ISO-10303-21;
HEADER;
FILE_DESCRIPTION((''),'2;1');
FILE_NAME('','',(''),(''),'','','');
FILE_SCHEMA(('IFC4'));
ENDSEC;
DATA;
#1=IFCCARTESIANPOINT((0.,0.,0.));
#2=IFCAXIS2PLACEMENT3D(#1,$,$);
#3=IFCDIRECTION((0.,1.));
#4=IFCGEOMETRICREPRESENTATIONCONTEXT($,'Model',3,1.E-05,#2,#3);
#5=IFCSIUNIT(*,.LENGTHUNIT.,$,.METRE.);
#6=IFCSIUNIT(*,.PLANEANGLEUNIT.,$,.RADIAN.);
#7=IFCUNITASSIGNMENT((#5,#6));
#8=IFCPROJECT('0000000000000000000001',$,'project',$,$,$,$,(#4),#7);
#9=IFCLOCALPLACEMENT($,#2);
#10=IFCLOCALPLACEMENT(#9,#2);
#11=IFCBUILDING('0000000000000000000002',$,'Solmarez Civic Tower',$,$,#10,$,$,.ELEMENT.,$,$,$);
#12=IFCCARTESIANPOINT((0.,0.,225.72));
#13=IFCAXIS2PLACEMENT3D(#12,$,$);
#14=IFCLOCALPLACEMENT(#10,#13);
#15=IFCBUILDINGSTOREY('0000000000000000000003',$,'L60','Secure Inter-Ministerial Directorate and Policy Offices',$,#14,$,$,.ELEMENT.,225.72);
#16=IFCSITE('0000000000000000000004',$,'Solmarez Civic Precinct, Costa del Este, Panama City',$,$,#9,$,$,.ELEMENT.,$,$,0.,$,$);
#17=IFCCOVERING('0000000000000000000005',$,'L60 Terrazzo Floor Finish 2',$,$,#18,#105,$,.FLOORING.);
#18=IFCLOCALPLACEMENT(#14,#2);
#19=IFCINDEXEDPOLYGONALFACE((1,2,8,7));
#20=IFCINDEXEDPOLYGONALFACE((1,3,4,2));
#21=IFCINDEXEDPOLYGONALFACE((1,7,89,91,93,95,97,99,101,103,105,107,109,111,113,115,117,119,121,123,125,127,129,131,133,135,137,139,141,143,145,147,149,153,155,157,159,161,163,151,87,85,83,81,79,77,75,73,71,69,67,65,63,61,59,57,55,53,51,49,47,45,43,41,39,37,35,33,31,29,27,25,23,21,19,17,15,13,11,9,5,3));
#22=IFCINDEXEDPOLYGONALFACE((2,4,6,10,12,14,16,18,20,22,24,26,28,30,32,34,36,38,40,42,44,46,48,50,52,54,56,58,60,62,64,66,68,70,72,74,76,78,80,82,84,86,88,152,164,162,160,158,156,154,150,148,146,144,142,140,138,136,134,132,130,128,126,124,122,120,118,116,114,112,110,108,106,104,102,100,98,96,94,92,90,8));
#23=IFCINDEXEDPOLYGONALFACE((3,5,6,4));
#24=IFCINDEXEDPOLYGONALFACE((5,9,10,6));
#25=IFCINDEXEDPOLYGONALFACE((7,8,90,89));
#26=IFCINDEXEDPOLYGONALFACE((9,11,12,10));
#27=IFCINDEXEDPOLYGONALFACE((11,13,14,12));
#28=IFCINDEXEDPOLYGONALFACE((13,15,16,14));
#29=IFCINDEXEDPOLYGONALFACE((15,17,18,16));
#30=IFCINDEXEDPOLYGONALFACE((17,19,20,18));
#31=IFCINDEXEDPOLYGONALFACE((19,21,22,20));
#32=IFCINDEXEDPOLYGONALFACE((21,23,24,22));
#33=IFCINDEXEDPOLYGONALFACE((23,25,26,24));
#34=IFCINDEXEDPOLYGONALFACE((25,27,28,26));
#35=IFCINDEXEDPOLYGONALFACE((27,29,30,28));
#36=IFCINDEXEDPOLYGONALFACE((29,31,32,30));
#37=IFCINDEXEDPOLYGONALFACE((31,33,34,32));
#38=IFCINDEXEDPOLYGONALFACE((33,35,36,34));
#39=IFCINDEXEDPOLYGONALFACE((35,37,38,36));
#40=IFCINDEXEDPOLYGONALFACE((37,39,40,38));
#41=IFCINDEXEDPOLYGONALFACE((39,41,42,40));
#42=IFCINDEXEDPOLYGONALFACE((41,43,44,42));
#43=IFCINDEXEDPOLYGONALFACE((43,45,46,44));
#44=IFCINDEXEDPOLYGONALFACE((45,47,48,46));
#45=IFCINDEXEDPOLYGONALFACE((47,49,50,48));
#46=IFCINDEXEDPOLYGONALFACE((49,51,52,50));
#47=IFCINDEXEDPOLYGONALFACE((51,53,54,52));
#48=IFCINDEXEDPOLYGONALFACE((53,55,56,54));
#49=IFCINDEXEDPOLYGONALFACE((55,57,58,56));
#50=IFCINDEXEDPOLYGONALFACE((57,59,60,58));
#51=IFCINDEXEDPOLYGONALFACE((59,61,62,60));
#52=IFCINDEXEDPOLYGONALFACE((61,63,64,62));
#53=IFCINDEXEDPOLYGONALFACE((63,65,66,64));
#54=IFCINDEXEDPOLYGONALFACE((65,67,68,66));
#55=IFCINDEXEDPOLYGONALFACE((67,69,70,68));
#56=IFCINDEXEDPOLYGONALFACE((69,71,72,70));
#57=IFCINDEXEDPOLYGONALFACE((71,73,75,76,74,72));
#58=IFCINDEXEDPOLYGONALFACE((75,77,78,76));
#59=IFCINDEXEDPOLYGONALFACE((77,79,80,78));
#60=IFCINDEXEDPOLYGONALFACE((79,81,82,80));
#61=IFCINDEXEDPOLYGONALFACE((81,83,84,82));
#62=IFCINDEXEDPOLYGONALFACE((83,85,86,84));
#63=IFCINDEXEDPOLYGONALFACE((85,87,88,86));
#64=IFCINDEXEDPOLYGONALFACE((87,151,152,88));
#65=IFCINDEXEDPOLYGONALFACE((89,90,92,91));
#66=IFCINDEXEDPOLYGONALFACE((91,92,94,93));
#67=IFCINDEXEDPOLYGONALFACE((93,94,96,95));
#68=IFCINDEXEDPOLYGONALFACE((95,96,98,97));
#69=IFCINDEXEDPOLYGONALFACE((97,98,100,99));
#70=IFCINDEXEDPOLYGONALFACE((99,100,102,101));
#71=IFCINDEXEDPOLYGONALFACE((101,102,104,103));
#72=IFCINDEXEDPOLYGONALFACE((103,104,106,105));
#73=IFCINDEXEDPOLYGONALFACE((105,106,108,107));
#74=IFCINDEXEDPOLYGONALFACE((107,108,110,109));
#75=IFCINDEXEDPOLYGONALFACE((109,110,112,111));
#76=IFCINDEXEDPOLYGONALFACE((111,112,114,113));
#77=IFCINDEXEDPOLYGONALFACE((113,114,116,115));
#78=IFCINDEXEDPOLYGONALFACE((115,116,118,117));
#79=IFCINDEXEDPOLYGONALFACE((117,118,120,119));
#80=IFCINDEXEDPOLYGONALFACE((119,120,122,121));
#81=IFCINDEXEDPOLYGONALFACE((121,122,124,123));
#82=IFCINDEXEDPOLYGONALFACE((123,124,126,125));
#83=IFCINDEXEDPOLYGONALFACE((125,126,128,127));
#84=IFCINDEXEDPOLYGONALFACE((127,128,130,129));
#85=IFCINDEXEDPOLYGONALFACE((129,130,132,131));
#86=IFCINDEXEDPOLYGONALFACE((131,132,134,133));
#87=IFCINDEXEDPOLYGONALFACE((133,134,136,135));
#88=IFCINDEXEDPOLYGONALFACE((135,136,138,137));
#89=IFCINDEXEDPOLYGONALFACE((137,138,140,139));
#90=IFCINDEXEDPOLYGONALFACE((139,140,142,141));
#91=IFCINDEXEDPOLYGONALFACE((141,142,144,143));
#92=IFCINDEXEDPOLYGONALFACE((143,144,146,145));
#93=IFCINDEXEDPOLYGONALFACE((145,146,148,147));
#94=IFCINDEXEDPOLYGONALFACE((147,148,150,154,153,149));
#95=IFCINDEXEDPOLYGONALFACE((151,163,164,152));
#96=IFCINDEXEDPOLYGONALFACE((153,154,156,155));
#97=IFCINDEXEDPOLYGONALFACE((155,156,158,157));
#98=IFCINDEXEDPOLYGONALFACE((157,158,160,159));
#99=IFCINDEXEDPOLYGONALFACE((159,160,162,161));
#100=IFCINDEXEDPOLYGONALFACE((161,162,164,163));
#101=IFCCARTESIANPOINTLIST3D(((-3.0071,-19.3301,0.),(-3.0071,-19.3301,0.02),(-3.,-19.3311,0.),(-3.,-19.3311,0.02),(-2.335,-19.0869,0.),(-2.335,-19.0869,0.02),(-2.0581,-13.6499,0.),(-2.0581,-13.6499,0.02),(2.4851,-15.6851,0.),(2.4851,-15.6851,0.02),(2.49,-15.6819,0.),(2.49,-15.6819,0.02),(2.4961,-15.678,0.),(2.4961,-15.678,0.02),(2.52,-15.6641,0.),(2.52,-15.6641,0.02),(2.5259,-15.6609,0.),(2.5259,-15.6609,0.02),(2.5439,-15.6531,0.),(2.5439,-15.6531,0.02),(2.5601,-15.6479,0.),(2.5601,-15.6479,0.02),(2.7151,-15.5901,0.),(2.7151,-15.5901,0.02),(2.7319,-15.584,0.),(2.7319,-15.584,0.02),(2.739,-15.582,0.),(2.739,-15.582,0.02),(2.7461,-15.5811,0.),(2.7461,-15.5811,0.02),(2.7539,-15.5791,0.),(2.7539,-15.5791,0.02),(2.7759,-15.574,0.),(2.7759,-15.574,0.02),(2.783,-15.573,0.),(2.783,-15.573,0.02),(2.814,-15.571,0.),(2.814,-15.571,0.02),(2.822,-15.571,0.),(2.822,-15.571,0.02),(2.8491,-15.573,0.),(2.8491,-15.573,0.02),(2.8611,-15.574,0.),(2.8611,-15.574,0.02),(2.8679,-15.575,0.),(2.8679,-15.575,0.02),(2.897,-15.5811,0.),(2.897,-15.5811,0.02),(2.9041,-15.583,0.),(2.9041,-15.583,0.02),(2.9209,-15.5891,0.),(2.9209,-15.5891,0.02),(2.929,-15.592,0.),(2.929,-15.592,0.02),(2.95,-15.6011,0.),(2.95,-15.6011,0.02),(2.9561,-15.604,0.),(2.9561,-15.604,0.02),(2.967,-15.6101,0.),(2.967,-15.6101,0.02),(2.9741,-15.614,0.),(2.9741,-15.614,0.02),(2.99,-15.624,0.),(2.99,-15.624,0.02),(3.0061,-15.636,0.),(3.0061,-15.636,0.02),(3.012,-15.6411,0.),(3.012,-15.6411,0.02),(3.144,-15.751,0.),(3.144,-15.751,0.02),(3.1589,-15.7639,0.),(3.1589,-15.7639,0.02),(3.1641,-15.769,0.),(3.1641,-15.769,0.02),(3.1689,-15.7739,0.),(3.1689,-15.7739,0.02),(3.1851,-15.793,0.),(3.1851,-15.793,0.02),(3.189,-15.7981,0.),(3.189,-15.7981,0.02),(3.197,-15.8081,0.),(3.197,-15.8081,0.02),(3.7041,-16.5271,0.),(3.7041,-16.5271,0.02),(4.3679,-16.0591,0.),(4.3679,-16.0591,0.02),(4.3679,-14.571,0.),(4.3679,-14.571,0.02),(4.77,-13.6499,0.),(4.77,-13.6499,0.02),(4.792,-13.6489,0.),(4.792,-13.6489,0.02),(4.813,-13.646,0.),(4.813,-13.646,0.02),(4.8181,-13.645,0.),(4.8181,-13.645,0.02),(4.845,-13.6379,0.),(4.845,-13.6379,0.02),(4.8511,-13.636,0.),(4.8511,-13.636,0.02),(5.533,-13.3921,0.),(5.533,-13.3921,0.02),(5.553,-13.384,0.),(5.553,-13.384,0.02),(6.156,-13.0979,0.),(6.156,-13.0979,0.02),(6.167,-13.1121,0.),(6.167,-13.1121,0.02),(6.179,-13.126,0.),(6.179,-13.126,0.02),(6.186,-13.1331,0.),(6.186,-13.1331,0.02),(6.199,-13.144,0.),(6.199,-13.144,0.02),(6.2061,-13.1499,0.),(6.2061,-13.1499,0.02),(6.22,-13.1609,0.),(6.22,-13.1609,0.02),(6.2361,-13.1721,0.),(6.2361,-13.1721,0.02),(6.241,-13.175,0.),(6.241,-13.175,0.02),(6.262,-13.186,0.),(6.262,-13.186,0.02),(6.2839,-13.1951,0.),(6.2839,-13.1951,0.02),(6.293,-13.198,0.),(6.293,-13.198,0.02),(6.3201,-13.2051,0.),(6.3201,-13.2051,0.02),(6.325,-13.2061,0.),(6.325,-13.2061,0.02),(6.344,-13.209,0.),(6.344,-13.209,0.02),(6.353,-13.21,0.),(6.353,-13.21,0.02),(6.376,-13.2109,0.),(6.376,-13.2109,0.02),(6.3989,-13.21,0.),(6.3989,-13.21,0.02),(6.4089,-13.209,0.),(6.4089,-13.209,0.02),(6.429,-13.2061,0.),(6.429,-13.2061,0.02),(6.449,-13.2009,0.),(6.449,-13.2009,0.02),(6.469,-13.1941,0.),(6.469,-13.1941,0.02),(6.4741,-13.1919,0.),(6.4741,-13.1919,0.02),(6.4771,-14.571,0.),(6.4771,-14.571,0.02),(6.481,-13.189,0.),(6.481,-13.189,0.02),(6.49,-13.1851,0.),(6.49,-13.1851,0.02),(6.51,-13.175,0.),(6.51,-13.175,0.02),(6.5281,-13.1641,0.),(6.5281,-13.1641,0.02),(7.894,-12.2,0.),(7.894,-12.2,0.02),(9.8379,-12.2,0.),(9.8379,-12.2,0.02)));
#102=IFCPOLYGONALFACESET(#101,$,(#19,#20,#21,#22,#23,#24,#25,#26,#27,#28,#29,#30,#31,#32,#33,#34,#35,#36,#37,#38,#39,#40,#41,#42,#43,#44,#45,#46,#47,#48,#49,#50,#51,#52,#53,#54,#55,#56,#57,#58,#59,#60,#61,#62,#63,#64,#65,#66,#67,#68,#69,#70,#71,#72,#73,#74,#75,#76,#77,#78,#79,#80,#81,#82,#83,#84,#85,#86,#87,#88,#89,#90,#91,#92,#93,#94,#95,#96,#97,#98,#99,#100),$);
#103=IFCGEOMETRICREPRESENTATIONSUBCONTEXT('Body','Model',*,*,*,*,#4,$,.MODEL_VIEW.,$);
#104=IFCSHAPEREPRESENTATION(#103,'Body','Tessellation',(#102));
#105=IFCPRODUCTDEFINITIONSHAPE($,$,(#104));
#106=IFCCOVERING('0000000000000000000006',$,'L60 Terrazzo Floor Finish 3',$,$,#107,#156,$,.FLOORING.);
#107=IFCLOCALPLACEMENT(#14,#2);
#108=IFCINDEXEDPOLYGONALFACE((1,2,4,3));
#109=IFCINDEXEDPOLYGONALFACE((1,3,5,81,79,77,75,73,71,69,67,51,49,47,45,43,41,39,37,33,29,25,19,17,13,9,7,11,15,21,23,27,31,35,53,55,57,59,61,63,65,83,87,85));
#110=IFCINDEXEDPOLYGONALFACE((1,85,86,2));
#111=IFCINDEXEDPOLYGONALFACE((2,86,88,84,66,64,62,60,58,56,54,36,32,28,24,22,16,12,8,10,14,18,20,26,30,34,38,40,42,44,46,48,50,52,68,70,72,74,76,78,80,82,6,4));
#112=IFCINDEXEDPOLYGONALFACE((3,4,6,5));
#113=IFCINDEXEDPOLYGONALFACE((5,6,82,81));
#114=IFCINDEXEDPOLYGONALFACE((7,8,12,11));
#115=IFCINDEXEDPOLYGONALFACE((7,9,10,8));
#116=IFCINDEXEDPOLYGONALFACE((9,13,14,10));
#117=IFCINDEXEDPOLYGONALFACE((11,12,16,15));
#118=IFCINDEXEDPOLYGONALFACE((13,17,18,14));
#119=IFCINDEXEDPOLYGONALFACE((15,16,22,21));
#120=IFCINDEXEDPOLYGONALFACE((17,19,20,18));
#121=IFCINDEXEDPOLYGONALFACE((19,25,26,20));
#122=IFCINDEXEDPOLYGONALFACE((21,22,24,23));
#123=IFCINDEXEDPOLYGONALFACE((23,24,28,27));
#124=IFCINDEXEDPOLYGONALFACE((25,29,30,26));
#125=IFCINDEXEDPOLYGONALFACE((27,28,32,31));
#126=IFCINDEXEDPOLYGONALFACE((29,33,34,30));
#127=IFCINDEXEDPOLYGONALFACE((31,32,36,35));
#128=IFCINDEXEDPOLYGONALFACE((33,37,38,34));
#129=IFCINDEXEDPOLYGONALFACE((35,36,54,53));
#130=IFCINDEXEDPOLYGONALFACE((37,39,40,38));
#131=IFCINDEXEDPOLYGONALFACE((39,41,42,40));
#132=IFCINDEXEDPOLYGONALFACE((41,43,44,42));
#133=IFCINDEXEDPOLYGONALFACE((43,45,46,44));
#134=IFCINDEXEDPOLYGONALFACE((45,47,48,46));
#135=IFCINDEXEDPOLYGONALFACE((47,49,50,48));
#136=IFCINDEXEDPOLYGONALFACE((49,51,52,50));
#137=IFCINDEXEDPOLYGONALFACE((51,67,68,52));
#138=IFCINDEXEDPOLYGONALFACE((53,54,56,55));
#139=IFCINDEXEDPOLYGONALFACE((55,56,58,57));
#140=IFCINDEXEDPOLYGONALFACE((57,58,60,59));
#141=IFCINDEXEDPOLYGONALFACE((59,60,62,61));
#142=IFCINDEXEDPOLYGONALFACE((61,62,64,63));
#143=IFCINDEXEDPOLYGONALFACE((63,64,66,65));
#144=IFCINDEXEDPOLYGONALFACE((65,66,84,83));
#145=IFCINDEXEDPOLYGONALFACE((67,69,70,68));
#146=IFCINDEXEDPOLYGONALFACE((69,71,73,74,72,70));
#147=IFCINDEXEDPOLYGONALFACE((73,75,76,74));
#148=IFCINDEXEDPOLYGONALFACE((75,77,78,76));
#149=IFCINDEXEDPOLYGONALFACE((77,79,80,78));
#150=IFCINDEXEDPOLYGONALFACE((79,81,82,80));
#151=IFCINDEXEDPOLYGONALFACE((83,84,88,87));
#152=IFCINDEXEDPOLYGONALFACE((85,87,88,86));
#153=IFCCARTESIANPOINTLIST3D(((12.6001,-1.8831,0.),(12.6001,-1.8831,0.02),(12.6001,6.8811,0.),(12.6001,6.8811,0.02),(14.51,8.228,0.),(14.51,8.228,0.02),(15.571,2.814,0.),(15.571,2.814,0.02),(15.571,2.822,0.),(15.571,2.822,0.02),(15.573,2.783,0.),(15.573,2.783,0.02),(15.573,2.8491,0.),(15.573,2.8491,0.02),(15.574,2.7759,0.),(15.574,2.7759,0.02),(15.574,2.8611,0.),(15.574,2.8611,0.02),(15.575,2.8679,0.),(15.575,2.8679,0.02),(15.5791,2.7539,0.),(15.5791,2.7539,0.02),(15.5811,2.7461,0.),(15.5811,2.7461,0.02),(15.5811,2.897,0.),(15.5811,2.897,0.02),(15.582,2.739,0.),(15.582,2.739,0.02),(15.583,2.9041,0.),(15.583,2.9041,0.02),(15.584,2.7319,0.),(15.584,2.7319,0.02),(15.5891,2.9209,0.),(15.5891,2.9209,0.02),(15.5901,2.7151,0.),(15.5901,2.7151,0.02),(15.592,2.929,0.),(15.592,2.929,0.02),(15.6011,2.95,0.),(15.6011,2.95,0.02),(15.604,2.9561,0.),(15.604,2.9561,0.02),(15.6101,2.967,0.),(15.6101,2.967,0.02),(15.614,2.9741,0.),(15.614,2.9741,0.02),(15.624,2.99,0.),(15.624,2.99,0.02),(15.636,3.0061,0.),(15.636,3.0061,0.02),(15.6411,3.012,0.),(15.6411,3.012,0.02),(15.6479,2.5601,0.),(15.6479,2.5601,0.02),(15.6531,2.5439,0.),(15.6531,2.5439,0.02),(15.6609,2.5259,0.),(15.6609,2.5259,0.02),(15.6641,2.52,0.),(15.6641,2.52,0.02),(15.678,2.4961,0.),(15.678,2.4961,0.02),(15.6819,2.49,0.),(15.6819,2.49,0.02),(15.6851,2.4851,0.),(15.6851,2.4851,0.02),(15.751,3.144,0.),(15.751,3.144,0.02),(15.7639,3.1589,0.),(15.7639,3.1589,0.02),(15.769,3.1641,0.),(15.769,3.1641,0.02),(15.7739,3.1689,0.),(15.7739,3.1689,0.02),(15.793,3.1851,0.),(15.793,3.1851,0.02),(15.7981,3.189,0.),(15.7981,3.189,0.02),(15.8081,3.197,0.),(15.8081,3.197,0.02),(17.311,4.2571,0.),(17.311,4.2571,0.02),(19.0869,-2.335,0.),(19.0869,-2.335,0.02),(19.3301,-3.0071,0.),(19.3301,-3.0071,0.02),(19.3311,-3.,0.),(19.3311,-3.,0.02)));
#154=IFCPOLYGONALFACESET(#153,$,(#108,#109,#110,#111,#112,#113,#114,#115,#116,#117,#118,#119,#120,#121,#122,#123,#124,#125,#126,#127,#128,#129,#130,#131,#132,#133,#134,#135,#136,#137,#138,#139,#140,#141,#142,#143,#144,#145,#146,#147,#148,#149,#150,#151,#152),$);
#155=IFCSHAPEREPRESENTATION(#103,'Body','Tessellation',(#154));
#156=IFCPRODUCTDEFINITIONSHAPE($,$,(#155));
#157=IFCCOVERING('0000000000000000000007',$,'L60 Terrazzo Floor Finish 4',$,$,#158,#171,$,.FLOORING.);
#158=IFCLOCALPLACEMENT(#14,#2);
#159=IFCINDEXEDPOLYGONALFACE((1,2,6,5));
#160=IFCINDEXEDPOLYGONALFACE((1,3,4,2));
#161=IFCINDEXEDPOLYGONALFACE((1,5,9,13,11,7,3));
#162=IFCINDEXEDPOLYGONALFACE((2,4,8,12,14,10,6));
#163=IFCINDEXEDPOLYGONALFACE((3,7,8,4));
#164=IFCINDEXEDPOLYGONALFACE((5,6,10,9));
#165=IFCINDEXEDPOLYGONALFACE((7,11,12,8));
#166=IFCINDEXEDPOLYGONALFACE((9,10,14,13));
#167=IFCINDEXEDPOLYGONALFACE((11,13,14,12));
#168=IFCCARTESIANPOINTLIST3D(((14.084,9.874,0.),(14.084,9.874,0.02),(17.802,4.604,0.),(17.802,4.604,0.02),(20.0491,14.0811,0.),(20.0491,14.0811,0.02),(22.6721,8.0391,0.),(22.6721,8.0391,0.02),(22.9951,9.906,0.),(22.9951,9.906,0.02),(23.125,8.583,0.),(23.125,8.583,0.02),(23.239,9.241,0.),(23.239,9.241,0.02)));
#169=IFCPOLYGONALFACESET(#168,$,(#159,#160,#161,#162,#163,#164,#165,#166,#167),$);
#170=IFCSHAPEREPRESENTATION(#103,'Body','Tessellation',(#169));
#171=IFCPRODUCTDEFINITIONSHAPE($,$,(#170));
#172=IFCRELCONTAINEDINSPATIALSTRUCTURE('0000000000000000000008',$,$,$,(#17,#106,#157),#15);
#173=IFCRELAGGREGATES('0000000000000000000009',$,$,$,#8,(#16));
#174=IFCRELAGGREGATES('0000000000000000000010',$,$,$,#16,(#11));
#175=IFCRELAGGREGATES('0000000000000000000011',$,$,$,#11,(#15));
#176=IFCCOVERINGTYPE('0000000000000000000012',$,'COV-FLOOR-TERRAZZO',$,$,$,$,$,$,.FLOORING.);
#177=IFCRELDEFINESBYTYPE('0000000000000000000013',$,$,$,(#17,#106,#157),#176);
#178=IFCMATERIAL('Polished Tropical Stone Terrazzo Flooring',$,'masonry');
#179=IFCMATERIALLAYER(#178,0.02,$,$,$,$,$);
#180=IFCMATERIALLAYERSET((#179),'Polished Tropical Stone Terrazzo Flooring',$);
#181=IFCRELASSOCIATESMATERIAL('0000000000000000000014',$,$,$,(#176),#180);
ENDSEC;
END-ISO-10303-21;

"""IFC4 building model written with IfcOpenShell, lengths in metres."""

from ifc_helpers import new_model, si_unit, direction, frame, origin, place, context, subcontext, project, spatial, polyline, outline, extrude, material, layer, layer_set, type_object, element, save


model = new_model("IFC4")

# Units and contexts
model_context = context("Model", 3, precision=1e-05, world=origin(), true_north=direction((0.0, 1.0)))
body_context = subcontext(model_context, "Body", "Model", "MODEL_VIEW")
ifc_project = project(units=[si_unit("LENGTHUNIT", "METRE"), si_unit("PLANEANGLEUNIT", "RADIAN")], contexts=[model_context])

# Site, building, storey
site_placement = place(None, origin())
site = spatial("IfcSite", under=ifc_project, at=site_placement, Name="Solmarez Civic Precinct, Costa del Este, Panama City", CompositionType="ELEMENT", RefElevation=0.0)
building_placement = place(site_placement, origin())
building = spatial("IfcBuilding", under=site, at=building_placement, Name="Solmarez Civic Tower", CompositionType="ELEMENT")
storey_placement = place(building_placement, frame((0.0, 0.0, 225.72)))
storey = spatial("IfcBuildingStorey", under=building, at=storey_placement, Name="L60", Description="Secure Inter-Ministerial Directorate and Policy Offices", CompositionType="ELEMENT", Elevation=225.72)

# Coverings
ifc_material_1 = material(Name="Polished Tropical Stone Terrazzo Flooring", Category="masonry")
ifc_layer_1 = layer(ifc_material_1, 0.02)
ifc_layer_set_1 = layer_set([ifc_layer_1], Name="Polished Tropical Stone Terrazzo Flooring")
covering_type_1 = type_object("IfcCoveringType", Name="COV-FLOOR-TERRAZZO", PredefinedType="FLOORING", material=ifc_layer_set_1)
covering_1_placement = place(storey_placement, origin())
element("IfcCovering", 1, at=covering_1_placement, inside=storey, type_object=covering_type_1, Name="L60 Terrazzo Floor Finish 2", PredefinedType="FLOORING", context=body_context, shape_type="SweptSolid", body=[
    extrude(outline(polyline([(2.5601, -15.6479), (2.7151, -15.5901), (2.7319, -15.584), (2.739, -15.582), (2.7461, -15.5811), (2.7539, -15.5791), (2.7759, -15.574), (2.783, -15.573), (2.814, -15.571), (2.822, -15.571), (2.8491, -15.573), (2.8611, -15.574), (2.8679, -15.575), (2.897, -15.5811), (2.9041, -15.583), (2.9209, -15.5891), (2.929, -15.592), (2.95, -15.6011), (2.9561, -15.604), (2.967, -15.6101), (2.9741, -15.614), (2.99, -15.624), (3.0061, -15.636), (3.012, -15.6411), (3.144, -15.751), (3.1589, -15.7639), (3.1641, -15.769), (3.1689, -15.7739), (3.1851, -15.793), (3.189, -15.7981), (3.197, -15.8081), (3.7041, -16.5271), (4.3679, -16.0591), (4.3679, -14.571), (6.4771, -14.571), (9.8379, -12.2), (7.894, -12.2), (6.5281, -13.1641), (6.51, -13.175), (6.49, -13.1851), (6.481, -13.189), (6.4741, -13.1919), (6.469, -13.1941), (6.449, -13.2009), (6.429, -13.2061), (6.4089, -13.209), (6.3989, -13.21), (6.376, -13.2109), (6.353, -13.21), (6.344, -13.209), (6.325, -13.2061), (6.3201, -13.2051), (6.293, -13.198), (6.2839, -13.1951), (6.262, -13.186), (6.241, -13.175), (6.2361, -13.1721), (6.22, -13.1609), (6.2061, -13.1499), (6.199, -13.144), (6.186, -13.1331), (6.179, -13.126), (6.167, -13.1121), (6.156, -13.0979), (5.553, -13.384), (5.533, -13.3921), (4.8511, -13.636), (4.845, -13.6379), (4.8181, -13.645), (4.813, -13.646), (4.792, -13.6489), (4.77, -13.6499), (-2.0581, -13.6499), (-3.0071, -19.3301), (-3.0, -19.3311), (-2.335, -19.0869), (2.4851, -15.6851), (2.49, -15.6819), (2.4961, -15.678), (2.52, -15.6641), (2.5259, -15.6609), (2.5439, -15.6531), (2.5601, -15.6479)])), origin(), (0.0, 0.0, 1.0), 0.02),
])
covering_2_placement = place(storey_placement, origin())
element("IfcCovering", 2, at=covering_2_placement, inside=storey, type_object=covering_type_1, Name="L60 Terrazzo Floor Finish 3", PredefinedType="FLOORING", context=body_context, shape_type="SweptSolid", body=[
    extrude(outline(polyline([(12.6001, 6.8811), (12.6001, -1.8831), (19.3301, -3.0071), (19.3311, -3.0), (19.0869, -2.335), (15.6851, 2.4851), (15.6819, 2.49), (15.678, 2.4961), (15.6641, 2.52), (15.6609, 2.5259), (15.6531, 2.5439), (15.6479, 2.5601), (15.5901, 2.7151), (15.584, 2.7319), (15.582, 2.739), (15.5811, 2.7461), (15.5791, 2.7539), (15.574, 2.7759), (15.573, 2.783), (15.571, 2.814), (15.571, 2.822), (15.573, 2.8491), (15.574, 2.8611), (15.575, 2.8679), (15.5811, 2.897), (15.583, 2.9041), (15.5891, 2.9209), (15.592, 2.929), (15.6011, 2.95), (15.604, 2.9561), (15.6101, 2.967), (15.614, 2.9741), (15.624, 2.99), (15.636, 3.0061), (15.6411, 3.012), (15.751, 3.144), (15.7639, 3.1589), (15.769, 3.1641), (15.7739, 3.1689), (15.793, 3.1851), (15.7981, 3.189), (15.8081, 3.197), (17.311, 4.2571), (14.51, 8.228), (12.6001, 6.8811)])), origin(), (0.0, 0.0, 1.0), 0.02),
])
covering_3_placement = place(storey_placement, origin())
element("IfcCovering", 3, at=covering_3_placement, inside=storey, type_object=covering_type_1, Name="L60 Terrazzo Floor Finish 4", PredefinedType="FLOORING", context=body_context, shape_type="SweptSolid", body=[
    extrude(outline(polyline([(17.802, 4.604), (22.6721, 8.0391), (23.125, 8.583), (23.239, 9.241), (22.9951, 9.906), (20.0491, 14.0811), (14.084, 9.874), (17.802, 4.604)])), origin(), (0.0, 0.0, 1.0), 0.02),
])

save(model, "model.ifc")
